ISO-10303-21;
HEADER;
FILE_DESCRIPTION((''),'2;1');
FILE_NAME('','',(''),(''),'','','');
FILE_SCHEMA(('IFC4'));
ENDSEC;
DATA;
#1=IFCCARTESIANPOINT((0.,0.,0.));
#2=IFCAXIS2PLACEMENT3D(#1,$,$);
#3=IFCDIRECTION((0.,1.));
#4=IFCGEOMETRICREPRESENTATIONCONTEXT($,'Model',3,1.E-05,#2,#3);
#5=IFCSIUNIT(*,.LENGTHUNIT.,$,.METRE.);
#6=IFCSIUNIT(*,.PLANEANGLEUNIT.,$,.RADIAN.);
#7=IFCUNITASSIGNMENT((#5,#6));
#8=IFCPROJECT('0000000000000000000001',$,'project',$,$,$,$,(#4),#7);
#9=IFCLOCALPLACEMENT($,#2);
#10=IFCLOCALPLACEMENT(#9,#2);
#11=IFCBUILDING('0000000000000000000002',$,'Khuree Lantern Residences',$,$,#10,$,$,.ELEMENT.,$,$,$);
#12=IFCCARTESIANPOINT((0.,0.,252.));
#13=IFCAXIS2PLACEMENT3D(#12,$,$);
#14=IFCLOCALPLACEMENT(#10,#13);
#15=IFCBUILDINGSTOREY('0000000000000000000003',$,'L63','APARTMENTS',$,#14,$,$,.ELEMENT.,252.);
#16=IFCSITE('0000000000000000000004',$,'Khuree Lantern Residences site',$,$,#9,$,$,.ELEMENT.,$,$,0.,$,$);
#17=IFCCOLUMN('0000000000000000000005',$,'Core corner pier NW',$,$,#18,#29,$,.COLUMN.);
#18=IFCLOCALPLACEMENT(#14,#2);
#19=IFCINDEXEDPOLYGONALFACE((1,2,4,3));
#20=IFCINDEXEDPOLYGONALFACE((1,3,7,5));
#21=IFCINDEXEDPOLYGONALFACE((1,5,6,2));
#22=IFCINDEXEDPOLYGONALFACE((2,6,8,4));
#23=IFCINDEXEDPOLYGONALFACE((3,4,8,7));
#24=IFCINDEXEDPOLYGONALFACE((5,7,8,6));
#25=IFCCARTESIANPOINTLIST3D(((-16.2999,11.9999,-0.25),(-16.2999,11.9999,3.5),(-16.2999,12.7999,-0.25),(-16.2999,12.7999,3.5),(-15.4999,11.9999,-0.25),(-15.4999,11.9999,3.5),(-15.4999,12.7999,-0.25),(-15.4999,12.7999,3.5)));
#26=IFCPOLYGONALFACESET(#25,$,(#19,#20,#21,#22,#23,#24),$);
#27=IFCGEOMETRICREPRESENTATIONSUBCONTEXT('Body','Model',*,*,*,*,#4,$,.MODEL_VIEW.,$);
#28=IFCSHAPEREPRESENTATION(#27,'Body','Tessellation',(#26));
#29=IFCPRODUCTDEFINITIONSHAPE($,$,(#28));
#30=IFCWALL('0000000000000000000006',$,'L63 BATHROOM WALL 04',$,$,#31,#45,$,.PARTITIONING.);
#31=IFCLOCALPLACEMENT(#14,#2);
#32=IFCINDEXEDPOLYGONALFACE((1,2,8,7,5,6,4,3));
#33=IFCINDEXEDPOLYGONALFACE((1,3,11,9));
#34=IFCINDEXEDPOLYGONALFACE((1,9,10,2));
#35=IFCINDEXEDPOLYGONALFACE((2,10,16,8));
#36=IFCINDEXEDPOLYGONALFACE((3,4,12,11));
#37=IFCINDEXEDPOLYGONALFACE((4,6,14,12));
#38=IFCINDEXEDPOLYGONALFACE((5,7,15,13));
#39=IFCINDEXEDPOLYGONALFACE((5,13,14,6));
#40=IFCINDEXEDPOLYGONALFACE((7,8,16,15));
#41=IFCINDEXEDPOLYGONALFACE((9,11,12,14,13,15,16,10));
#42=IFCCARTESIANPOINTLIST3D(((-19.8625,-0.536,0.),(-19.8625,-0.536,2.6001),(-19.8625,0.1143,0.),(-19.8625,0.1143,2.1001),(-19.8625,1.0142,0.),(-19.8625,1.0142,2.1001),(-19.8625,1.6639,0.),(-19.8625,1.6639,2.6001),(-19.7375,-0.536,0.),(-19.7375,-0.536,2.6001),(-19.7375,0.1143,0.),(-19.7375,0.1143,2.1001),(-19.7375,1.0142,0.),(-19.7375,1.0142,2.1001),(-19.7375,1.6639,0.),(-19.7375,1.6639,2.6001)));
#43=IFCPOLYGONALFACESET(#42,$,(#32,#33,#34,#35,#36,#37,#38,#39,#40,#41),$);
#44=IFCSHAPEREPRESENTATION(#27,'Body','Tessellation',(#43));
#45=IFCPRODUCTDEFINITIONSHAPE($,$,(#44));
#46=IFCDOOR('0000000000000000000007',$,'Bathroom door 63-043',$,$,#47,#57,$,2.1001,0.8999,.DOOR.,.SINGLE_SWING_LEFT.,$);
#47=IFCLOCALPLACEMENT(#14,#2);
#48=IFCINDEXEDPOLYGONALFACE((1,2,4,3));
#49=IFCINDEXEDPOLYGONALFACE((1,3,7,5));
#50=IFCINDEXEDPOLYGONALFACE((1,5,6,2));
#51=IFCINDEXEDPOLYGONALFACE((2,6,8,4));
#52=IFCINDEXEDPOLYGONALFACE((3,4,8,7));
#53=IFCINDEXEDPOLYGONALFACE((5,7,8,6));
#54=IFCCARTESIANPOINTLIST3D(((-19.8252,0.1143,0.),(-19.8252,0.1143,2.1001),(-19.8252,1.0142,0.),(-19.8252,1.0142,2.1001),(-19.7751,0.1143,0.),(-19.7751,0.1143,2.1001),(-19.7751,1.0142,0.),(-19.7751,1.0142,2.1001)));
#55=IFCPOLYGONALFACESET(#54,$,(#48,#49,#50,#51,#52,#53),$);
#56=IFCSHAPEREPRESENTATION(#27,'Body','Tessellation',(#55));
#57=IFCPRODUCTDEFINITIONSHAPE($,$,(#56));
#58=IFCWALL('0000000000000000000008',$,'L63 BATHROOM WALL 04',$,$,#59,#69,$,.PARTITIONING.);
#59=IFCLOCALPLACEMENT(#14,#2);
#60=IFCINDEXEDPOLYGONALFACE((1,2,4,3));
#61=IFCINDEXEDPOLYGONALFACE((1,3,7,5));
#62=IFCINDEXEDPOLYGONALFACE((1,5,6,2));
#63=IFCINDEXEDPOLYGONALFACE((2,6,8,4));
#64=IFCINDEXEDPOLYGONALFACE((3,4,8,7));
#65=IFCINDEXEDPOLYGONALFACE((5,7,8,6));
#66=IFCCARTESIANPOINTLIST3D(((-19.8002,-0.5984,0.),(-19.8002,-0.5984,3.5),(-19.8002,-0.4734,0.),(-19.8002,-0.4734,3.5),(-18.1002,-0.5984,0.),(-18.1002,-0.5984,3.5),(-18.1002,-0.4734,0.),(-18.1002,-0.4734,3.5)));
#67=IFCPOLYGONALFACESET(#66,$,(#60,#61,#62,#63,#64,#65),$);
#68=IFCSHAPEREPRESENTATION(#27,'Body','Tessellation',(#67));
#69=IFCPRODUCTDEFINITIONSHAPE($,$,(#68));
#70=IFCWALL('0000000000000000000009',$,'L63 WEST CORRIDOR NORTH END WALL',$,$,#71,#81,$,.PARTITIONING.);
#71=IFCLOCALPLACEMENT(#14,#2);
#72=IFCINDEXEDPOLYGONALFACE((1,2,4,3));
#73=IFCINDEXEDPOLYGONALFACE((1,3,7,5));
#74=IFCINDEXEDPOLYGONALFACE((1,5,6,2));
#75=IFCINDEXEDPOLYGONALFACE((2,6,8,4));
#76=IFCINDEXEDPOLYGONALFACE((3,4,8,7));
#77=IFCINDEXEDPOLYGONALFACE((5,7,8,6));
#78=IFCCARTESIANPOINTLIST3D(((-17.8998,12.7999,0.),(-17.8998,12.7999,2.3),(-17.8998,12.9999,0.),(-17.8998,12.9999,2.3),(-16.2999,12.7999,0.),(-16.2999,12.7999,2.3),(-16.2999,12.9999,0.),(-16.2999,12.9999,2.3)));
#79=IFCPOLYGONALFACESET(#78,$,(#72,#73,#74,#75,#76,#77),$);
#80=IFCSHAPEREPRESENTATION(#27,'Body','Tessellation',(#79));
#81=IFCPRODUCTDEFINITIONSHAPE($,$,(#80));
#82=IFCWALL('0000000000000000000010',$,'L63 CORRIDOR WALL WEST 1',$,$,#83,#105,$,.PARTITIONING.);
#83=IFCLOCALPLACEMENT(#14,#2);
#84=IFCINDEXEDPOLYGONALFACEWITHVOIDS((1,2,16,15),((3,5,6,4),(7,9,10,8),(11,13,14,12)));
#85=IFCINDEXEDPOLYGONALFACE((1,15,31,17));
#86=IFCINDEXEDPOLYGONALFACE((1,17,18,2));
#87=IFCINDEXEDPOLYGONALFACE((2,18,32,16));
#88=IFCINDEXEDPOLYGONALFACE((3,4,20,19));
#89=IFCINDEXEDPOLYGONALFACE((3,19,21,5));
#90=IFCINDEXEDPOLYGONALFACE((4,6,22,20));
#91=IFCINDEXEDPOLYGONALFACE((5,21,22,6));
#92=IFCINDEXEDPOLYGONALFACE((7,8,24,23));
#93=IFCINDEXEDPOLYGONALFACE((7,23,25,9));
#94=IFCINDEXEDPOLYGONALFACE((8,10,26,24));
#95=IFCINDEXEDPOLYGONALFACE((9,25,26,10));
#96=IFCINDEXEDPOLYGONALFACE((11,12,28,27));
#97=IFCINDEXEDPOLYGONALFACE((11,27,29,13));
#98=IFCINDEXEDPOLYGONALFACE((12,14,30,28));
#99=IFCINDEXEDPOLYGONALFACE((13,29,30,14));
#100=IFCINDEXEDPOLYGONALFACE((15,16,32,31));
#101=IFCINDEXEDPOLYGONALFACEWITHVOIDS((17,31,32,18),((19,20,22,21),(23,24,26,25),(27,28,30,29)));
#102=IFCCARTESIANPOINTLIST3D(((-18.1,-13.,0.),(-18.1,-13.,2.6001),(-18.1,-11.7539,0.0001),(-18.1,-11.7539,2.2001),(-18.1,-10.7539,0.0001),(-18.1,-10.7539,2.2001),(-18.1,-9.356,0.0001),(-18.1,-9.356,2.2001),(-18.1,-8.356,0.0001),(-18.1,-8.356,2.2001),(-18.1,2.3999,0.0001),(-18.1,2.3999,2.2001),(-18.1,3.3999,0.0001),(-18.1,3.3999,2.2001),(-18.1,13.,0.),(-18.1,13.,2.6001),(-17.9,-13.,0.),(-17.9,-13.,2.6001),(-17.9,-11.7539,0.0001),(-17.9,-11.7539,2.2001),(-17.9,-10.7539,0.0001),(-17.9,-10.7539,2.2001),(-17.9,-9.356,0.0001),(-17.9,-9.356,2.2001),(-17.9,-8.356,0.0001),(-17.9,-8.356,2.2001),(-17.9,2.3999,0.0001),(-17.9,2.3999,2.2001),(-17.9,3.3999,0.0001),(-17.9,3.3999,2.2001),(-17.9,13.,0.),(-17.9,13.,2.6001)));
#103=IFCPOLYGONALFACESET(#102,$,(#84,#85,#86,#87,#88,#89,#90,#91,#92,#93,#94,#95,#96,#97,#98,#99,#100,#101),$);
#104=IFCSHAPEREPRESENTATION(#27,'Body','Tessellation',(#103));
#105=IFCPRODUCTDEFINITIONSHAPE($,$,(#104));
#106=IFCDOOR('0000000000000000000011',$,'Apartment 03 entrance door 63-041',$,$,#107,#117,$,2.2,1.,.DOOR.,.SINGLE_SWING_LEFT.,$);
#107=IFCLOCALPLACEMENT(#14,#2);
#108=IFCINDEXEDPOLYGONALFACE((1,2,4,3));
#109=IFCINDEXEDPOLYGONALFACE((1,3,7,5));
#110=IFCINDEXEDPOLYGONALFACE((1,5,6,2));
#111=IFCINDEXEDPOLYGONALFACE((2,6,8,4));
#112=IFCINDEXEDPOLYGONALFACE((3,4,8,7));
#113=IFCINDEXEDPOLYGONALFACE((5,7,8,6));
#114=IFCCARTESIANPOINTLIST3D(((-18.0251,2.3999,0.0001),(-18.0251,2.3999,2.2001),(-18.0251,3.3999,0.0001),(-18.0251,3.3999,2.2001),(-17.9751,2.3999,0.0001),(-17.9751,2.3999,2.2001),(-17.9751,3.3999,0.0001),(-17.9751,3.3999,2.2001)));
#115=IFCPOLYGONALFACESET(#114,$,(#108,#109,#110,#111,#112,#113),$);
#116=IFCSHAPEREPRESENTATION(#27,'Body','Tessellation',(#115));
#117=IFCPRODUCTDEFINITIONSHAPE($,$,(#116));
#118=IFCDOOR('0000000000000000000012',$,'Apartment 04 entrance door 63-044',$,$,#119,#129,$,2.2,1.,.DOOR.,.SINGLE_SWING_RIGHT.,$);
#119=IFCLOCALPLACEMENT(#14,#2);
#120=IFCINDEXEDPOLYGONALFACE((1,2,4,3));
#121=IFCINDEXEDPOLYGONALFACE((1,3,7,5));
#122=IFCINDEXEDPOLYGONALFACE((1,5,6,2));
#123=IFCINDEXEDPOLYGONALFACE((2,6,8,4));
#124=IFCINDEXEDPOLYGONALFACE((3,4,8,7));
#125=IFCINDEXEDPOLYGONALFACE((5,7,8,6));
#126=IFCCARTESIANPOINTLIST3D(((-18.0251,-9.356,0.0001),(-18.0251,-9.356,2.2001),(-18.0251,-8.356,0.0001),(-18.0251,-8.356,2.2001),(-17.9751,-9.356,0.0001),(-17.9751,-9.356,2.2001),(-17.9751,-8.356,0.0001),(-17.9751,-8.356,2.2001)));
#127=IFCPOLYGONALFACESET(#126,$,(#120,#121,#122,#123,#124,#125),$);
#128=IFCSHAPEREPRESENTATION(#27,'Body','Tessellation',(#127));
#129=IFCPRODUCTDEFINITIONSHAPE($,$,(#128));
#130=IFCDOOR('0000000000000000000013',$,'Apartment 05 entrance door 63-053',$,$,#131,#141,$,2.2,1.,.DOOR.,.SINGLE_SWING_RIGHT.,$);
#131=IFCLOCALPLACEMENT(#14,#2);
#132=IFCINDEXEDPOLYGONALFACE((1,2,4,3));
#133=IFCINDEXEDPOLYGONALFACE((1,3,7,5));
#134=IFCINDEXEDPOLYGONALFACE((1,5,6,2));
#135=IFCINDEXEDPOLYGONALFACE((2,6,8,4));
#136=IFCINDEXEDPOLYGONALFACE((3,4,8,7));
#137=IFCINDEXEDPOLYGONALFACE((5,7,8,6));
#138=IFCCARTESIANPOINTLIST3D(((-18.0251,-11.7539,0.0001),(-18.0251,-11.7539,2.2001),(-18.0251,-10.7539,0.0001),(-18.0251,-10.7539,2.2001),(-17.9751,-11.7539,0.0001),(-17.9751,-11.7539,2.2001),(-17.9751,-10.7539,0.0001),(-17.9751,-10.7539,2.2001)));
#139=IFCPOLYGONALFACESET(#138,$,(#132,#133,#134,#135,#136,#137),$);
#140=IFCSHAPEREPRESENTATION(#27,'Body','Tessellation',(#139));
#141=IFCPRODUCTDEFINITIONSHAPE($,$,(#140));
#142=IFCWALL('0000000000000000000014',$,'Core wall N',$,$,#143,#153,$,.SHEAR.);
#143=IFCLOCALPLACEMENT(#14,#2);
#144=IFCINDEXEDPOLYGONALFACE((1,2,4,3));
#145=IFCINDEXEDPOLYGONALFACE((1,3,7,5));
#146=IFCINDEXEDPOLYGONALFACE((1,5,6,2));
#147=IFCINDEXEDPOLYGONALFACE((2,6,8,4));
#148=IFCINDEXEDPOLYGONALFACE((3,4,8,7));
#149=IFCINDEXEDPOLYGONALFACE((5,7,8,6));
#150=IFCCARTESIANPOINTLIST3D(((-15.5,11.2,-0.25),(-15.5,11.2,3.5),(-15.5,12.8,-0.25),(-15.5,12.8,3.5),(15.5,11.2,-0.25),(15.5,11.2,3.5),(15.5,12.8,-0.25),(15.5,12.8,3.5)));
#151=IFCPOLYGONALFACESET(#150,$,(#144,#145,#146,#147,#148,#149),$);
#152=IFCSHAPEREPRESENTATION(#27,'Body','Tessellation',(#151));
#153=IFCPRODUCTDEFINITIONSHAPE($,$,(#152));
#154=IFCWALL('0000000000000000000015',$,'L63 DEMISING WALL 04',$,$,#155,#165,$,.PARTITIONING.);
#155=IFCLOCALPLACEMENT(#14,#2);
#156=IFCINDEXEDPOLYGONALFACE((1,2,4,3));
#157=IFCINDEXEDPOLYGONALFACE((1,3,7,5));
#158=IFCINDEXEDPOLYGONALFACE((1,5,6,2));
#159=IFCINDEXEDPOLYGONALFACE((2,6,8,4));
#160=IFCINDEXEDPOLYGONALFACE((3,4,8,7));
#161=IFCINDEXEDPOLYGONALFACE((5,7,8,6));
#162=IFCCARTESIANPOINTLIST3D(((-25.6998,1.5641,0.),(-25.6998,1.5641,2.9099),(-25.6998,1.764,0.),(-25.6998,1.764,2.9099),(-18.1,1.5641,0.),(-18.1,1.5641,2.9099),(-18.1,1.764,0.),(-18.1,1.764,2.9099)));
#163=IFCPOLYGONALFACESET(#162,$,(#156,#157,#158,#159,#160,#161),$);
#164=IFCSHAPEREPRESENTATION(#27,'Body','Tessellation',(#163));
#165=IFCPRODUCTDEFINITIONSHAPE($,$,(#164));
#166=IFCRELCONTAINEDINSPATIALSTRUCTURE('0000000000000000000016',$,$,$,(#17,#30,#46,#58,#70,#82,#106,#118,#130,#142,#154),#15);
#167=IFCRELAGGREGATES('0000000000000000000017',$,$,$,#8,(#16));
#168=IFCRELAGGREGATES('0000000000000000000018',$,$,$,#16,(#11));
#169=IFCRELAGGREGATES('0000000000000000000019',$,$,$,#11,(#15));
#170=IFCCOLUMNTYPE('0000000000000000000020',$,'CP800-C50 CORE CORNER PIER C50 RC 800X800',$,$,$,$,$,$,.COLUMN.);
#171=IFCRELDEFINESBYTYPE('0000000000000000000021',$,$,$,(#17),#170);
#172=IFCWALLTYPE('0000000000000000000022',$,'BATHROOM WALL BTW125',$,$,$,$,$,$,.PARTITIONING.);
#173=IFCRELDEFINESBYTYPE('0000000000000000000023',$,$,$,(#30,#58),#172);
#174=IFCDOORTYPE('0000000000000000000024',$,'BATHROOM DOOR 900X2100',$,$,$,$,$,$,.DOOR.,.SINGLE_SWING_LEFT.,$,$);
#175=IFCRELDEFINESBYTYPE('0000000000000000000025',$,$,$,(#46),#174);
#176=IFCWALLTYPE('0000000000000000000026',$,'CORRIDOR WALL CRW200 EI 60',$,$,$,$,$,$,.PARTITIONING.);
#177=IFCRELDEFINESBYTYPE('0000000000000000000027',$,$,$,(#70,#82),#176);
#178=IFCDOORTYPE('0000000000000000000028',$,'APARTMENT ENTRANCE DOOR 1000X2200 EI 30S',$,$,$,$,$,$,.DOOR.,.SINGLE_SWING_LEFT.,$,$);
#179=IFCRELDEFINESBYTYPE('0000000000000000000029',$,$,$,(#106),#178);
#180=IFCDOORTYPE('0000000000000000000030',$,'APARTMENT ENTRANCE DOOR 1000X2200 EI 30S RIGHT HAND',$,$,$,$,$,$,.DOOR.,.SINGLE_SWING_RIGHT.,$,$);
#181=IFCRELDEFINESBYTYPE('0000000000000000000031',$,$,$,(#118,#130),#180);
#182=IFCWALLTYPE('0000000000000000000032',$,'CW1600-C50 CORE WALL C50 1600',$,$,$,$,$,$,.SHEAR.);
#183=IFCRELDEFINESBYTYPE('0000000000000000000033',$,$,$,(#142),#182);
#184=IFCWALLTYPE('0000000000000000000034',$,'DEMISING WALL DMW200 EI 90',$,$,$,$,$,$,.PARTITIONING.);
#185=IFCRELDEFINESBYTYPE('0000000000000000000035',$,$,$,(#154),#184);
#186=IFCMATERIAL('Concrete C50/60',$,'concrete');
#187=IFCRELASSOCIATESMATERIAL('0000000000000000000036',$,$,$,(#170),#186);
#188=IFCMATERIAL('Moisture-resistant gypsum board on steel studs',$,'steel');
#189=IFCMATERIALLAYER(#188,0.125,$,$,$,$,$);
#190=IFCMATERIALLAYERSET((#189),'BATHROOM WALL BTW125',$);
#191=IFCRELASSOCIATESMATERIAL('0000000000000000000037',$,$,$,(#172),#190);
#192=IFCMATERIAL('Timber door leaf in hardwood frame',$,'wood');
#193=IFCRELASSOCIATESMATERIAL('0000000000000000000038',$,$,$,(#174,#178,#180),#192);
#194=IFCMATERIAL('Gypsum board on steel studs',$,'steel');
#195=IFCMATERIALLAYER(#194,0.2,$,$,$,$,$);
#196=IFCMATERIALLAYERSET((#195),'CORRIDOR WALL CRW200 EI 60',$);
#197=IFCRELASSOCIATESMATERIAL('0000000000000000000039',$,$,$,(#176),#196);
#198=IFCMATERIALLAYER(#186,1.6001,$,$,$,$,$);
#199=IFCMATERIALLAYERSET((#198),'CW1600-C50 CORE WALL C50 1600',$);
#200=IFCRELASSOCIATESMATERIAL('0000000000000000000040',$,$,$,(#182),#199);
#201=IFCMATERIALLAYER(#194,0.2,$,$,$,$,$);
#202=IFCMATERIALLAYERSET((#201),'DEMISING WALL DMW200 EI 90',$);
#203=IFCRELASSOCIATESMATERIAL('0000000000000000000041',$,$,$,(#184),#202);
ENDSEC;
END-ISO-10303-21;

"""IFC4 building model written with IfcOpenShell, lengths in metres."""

from ifc_helpers import new_model, si_unit, direction, frame, frame_2d, origin, origin_2d, place, context, subcontext, project, spatial, rectangle, extrude, material, layer, layer_set, material_profile, profile_set, type_object, element, fill, save


model = new_model("IFC4")

# Units and contexts
model_context = context("Model", 3, precision=1e-05, world=origin(), true_north=direction((0.0, 1.0)))
body_context = subcontext(model_context, "Body", "Model", "MODEL_VIEW")
ifc_project = project(units=[si_unit("LENGTHUNIT", "METRE"), si_unit("PLANEANGLEUNIT", "RADIAN")], contexts=[model_context])

# Site, building, storey
site_placement = place(None, origin())
site = spatial("IfcSite", under=ifc_project, at=site_placement, Name="Khuree Lantern Residences site", CompositionType="ELEMENT", RefElevation=0.0)
building_placement = place(site_placement, origin())
building = spatial("IfcBuilding", under=site, at=building_placement, Name="Khuree Lantern Residences", CompositionType="ELEMENT")
storey_placement = place(building_placement, frame((0.0, 0.0, 252.0)))
storey = spatial("IfcBuildingStorey", under=building, at=storey_placement, Name="L63", Description="APARTMENTS", CompositionType="ELEMENT", Elevation=252.0)

# Column
ifc_material_1 = material(Name="Concrete C50/60", Category="concrete")
ifc_material_profile = material_profile(ifc_material_1, rectangle(XDim=0.8, YDim=0.8, at=origin_2d()), Name="RC 800X800")
ifc_profile_set = profile_set([ifc_material_profile], Name="Concrete C50/60")
column_type = type_object("IfcColumnType", Name="CP800-C50 CORE CORNER PIER C50 RC 800X800", PredefinedType="COLUMN", material=ifc_profile_set)
column_placement = place(storey_placement, frame((-15.8999, 12.3999, -0.25), z_axis=(0.0, 0.0, 1.0), x_axis=(1.0, 0.0, 0.0)))
element("IfcColumn", 1, at=column_placement, inside=storey, type_object=column_type, Name="Core corner pier NW", PredefinedType="COLUMN", context=body_context, shape_type="SweptSolid", body=[
    extrude(rectangle(XDim=0.8, YDim=0.8, at=origin_2d()), origin(), (0.0, 0.0, 1.0), 3.75),
])

# Wall, opening, door
ifc_material_2 = material(Name="Moisture-resistant gypsum board on steel studs", Category="steel")
ifc_layer_1 = layer(ifc_material_2, 0.125)
ifc_layer_set_1 = layer_set([ifc_layer_1], Name="BATHROOM WALL BTW125")
wall_type_1 = type_object("IfcWallType", Name="BATHROOM WALL BTW125", PredefinedType="PARTITIONING", material=ifc_layer_set_1)
wall_1_placement = place(storey_placement, frame((-19.8, 1.6641, 0.0), z_axis=(0.0, 0.0, 1.0), x_axis=(0.0, -1.0, 0.0)))
wall_1 = element("IfcWall", 2, at=wall_1_placement, inside=storey, type_object=wall_type_1, Name="L63 BATHROOM WALL 04", PredefinedType="PARTITIONING", context=body_context, shape_type="SweptSolid", body=[
    extrude(rectangle(XDim=2.2, YDim=0.125, at=frame_2d((1.1001, 0.0))), origin(), (0.0, 0.0, 1.0), 2.6001),
])
opening_1_placement = place(wall_1_placement, frame((0.6499, 0.0, 0.0)))
opening_1 = element("IfcOpeningElement", 3, at=opening_1_placement, cuts=wall_1, PredefinedType="OPENING", context=body_context, shape_type="SweptSolid", body=[
    extrude(rectangle(XDim=0.8999, YDim=2.1001, at=frame_2d((0.45, 1.05))), frame((0.0, 0.0725, 0.0), z_axis=(0.0, -1.0, 0.0), x_axis=(1.0, 0.0, 0.0)), (0.0, 0.0, 1.0), 0.145),
])
ifc_material_3 = material(Name="Timber door leaf in hardwood frame", Category="wood")
door_type_1 = type_object("IfcDoorType", Name="BATHROOM DOOR 900X2100", OperationType="SINGLE_SWING_LEFT", PredefinedType="DOOR", material=ifc_material_3)
door_1_placement = place(opening_1_placement, origin())
door_1 = element("IfcDoor", 4, at=door_1_placement, inside=storey, type_object=door_type_1, Name="Bathroom door 63-043", OperationType="SINGLE_SWING_LEFT", OverallHeight=2.1001, OverallWidth=0.8999, PredefinedType="DOOR", context=body_context, shape_type="SweptSolid", body=[
    extrude(rectangle(XDim=0.8999, YDim=2.1001, at=frame_2d((0.45, 1.05))), frame((0.0, 0.0249, 0.0), z_axis=(0.0, -1.0, 0.0), x_axis=(1.0, 0.0, 0.0)), (0.0, 0.0, 1.0), 0.05),
])
fill(opening_1, door_1)

# Walls
wall_2_placement = place(storey_placement, frame((-18.1001, -0.5359, 0.0), z_axis=(0.0, 0.0, 1.0), x_axis=(-1.0, 0.0, 0.0)))
element("IfcWall", 5, at=wall_2_placement, inside=storey, type_object=wall_type_1, Name="L63 BATHROOM WALL 04", PredefinedType="PARTITIONING", context=body_context, shape_type="SweptSolid", body=[
    extrude(rectangle(XDim=1.7, YDim=0.125, at=frame_2d((0.8501, 0.0))), origin(), (0.0, 0.0, 1.0), 3.5),
])
ifc_material_4 = material(Name="Gypsum board on steel studs", Category="steel")
ifc_layer_2 = layer(ifc_material_4, 0.2)
ifc_layer_set_2 = layer_set([ifc_layer_2], Name="CORRIDOR WALL CRW200 EI 60")
wall_type_2 = type_object("IfcWallType", Name="CORRIDOR WALL CRW200 EI 60", PredefinedType="PARTITIONING", material=ifc_layer_set_2)
wall_3_placement = place(storey_placement, frame((-16.3, 12.8999, 0.0), z_axis=(0.0, 0.0, 1.0), x_axis=(-1.0, 0.0, 0.0)))
element("IfcWall", 6, at=wall_3_placement, inside=storey, type_object=wall_type_2, Name="L63 WEST CORRIDOR NORTH END WALL", PredefinedType="PARTITIONING", context=body_context, shape_type="SweptSolid", body=[
    extrude(rectangle(XDim=1.5999, YDim=0.2, at=frame_2d((0.7998, 0.0))), origin(), (0.0, 0.0, 1.0), 2.3),
])

# Wall, openings, doors
wall_4_placement = place(storey_placement, frame((-18.0, 13.0, 0.0), z_axis=(0.0, 0.0, 1.0), x_axis=(0.0, -1.0, 0.0)))
wall_4 = element("IfcWall", 7, at=wall_4_placement, inside=storey, type_object=wall_type_2, Name="L63 CORRIDOR WALL WEST 1", PredefinedType="PARTITIONING", context=body_context, shape_type="SweptSolid", body=[
    extrude(rectangle(XDim=26.0, YDim=0.2, at=frame_2d((13.0, 0.0))), origin(), (0.0, 0.0, 1.0), 2.6001),
])
opening_2_placement = place(wall_4_placement, frame((9.6001, 0.0, 0.0)))
opening_2 = element("IfcOpeningElement", 8, at=opening_2_placement, cuts=wall_4, PredefinedType="OPENING", context=body_context, shape_type="SweptSolid", body=[
    extrude(rectangle(XDim=1.0, YDim=2.2, at=frame_2d((0.5, 1.1001))), frame((0.0, 0.1099, 0.0), z_axis=(0.0, -1.0, 0.0), x_axis=(1.0, 0.0, 0.0)), (0.0, 0.0, 1.0), 0.22),
])
opening_3_placement = place(wall_4_placement, frame((21.356, 0.0, 0.0)))
opening_3 = element("IfcOpeningElement", 9, at=opening_3_placement, cuts=wall_4, PredefinedType="OPENING", context=body_context, shape_type="SweptSolid", body=[
    extrude(rectangle(XDim=1.0, YDim=2.2, at=frame_2d((0.5, 1.1001))), frame((0.0, 0.1099, 0.0), z_axis=(0.0, -1.0, 0.0), x_axis=(1.0, 0.0, 0.0)), (0.0, 0.0, 1.0), 0.22),
])
opening_4_placement = place(wall_4_placement, frame((23.7539, 0.0, 0.0)))
opening_4 = element("IfcOpeningElement", 10, at=opening_4_placement, cuts=wall_4, PredefinedType="OPENING", context=body_context, shape_type="SweptSolid", body=[
    extrude(rectangle(XDim=1.0, YDim=2.2, at=frame_2d((0.5, 1.1001))), frame((0.0, 0.1099, 0.0), z_axis=(0.0, -1.0, 0.0), x_axis=(1.0, 0.0, 0.0)), (0.0, 0.0, 1.0), 0.22),
])
door_type_2 = type_object("IfcDoorType", Name="APARTMENT ENTRANCE DOOR 1000X2200 EI 30S", OperationType="SINGLE_SWING_LEFT", PredefinedType="DOOR", material=ifc_material_3)
door_2_placement = place(opening_2_placement, origin())
door_2 = element("IfcDoor", 11, at=door_2_placement, inside=storey, type_object=door_type_2, Name="Apartment 03 entrance door 63-041", OperationType="SINGLE_SWING_LEFT", OverallHeight=2.2, OverallWidth=1.0, PredefinedType="DOOR", context=body_context, shape_type="SweptSolid", body=[
    extrude(rectangle(XDim=1.0, YDim=2.2, at=frame_2d((0.5, 1.1001))), frame((0.0, 0.0249, 0.0), z_axis=(0.0, -1.0, 0.0), x_axis=(1.0, 0.0, 0.0)), (0.0, 0.0, 1.0), 0.05),
])
fill(opening_2, door_2)
door_type_3 = type_object("IfcDoorType", Name="APARTMENT ENTRANCE DOOR 1000X2200 EI 30S RIGHT HAND", OperationType="SINGLE_SWING_RIGHT", PredefinedType="DOOR", material=ifc_material_3)
door_3_placement = place(opening_3_placement, origin())
door_3 = element("IfcDoor", 12, at=door_3_placement, inside=storey, type_object=door_type_3, Name="Apartment 04 entrance door 63-044", OperationType="SINGLE_SWING_RIGHT", OverallHeight=2.2, OverallWidth=1.0, PredefinedType="DOOR", context=body_context, shape_type="SweptSolid", body=[
    extrude(rectangle(XDim=1.0, YDim=2.2, at=frame_2d((0.5, 1.1001))), frame((0.0, 0.0249, 0.0), z_axis=(0.0, -1.0, 0.0), x_axis=(1.0, 0.0, 0.0)), (0.0, 0.0, 1.0), 0.05),
])
fill(opening_3, door_3)
door_4_placement = place(opening_4_placement, origin())
door_4 = element("IfcDoor", 13, at=door_4_placement, inside=storey, type_object=door_type_3, Name="Apartment 05 entrance door 63-053", OperationType="SINGLE_SWING_RIGHT", OverallHeight=2.2, OverallWidth=1.0, PredefinedType="DOOR", context=body_context, shape_type="SweptSolid", body=[
    extrude(rectangle(XDim=1.0, YDim=2.2, at=frame_2d((0.5, 1.1001))), frame((0.0, 0.0249, 0.0), z_axis=(0.0, -1.0, 0.0), x_axis=(1.0, 0.0, 0.0)), (0.0, 0.0, 1.0), 0.05),
])
fill(opening_4, door_4)

# Walls
ifc_layer_3 = layer(ifc_material_1, 1.6001)
ifc_layer_set_3 = layer_set([ifc_layer_3], Name="CW1600-C50 CORE WALL C50 1600")
wall_type_3 = type_object("IfcWallType", Name="CW1600-C50 CORE WALL C50 1600", PredefinedType="SHEAR", material=ifc_layer_set_3)
wall_5_placement = place(storey_placement, frame((-15.5, 12.0, -0.25), z_axis=(0.0, 0.0, 1.0), x_axis=(1.0, 0.0, 0.0)))
element("IfcWall", 14, at=wall_5_placement, inside=storey, type_object=wall_type_3, Name="Core wall N", PredefinedType="SHEAR", context=body_context, shape_type="SweptSolid", body=[
    extrude(rectangle(XDim=31.0, YDim=1.6001, at=frame_2d((15.5, 0.0))), origin(), (0.0, 0.0, 1.0), 3.75),
])
ifc_layer_4 = layer(ifc_material_4, 0.2)
ifc_layer_set_4 = layer_set([ifc_layer_4], Name="DEMISING WALL DMW200 EI 90")
wall_type_4 = type_object("IfcWallType", Name="DEMISING WALL DMW200 EI 90", PredefinedType="PARTITIONING", material=ifc_layer_set_4)
wall_6_placement = place(storey_placement, frame((-18.1001, 1.6641, 0.0), z_axis=(0.0, 0.0, 1.0), x_axis=(-1.0, 0.0, 0.0)))
element("IfcWall", 15, at=wall_6_placement, inside=storey, type_object=wall_type_4, Name="L63 DEMISING WALL 04", PredefinedType="PARTITIONING", context=body_context, shape_type="SweptSolid", body=[
    extrude(rectangle(XDim=7.5999, YDim=0.2, at=frame_2d((3.7998, 0.0))), origin(), (0.0, 0.0, 1.0), 2.9099),
])

save(model, "model.ifc")
